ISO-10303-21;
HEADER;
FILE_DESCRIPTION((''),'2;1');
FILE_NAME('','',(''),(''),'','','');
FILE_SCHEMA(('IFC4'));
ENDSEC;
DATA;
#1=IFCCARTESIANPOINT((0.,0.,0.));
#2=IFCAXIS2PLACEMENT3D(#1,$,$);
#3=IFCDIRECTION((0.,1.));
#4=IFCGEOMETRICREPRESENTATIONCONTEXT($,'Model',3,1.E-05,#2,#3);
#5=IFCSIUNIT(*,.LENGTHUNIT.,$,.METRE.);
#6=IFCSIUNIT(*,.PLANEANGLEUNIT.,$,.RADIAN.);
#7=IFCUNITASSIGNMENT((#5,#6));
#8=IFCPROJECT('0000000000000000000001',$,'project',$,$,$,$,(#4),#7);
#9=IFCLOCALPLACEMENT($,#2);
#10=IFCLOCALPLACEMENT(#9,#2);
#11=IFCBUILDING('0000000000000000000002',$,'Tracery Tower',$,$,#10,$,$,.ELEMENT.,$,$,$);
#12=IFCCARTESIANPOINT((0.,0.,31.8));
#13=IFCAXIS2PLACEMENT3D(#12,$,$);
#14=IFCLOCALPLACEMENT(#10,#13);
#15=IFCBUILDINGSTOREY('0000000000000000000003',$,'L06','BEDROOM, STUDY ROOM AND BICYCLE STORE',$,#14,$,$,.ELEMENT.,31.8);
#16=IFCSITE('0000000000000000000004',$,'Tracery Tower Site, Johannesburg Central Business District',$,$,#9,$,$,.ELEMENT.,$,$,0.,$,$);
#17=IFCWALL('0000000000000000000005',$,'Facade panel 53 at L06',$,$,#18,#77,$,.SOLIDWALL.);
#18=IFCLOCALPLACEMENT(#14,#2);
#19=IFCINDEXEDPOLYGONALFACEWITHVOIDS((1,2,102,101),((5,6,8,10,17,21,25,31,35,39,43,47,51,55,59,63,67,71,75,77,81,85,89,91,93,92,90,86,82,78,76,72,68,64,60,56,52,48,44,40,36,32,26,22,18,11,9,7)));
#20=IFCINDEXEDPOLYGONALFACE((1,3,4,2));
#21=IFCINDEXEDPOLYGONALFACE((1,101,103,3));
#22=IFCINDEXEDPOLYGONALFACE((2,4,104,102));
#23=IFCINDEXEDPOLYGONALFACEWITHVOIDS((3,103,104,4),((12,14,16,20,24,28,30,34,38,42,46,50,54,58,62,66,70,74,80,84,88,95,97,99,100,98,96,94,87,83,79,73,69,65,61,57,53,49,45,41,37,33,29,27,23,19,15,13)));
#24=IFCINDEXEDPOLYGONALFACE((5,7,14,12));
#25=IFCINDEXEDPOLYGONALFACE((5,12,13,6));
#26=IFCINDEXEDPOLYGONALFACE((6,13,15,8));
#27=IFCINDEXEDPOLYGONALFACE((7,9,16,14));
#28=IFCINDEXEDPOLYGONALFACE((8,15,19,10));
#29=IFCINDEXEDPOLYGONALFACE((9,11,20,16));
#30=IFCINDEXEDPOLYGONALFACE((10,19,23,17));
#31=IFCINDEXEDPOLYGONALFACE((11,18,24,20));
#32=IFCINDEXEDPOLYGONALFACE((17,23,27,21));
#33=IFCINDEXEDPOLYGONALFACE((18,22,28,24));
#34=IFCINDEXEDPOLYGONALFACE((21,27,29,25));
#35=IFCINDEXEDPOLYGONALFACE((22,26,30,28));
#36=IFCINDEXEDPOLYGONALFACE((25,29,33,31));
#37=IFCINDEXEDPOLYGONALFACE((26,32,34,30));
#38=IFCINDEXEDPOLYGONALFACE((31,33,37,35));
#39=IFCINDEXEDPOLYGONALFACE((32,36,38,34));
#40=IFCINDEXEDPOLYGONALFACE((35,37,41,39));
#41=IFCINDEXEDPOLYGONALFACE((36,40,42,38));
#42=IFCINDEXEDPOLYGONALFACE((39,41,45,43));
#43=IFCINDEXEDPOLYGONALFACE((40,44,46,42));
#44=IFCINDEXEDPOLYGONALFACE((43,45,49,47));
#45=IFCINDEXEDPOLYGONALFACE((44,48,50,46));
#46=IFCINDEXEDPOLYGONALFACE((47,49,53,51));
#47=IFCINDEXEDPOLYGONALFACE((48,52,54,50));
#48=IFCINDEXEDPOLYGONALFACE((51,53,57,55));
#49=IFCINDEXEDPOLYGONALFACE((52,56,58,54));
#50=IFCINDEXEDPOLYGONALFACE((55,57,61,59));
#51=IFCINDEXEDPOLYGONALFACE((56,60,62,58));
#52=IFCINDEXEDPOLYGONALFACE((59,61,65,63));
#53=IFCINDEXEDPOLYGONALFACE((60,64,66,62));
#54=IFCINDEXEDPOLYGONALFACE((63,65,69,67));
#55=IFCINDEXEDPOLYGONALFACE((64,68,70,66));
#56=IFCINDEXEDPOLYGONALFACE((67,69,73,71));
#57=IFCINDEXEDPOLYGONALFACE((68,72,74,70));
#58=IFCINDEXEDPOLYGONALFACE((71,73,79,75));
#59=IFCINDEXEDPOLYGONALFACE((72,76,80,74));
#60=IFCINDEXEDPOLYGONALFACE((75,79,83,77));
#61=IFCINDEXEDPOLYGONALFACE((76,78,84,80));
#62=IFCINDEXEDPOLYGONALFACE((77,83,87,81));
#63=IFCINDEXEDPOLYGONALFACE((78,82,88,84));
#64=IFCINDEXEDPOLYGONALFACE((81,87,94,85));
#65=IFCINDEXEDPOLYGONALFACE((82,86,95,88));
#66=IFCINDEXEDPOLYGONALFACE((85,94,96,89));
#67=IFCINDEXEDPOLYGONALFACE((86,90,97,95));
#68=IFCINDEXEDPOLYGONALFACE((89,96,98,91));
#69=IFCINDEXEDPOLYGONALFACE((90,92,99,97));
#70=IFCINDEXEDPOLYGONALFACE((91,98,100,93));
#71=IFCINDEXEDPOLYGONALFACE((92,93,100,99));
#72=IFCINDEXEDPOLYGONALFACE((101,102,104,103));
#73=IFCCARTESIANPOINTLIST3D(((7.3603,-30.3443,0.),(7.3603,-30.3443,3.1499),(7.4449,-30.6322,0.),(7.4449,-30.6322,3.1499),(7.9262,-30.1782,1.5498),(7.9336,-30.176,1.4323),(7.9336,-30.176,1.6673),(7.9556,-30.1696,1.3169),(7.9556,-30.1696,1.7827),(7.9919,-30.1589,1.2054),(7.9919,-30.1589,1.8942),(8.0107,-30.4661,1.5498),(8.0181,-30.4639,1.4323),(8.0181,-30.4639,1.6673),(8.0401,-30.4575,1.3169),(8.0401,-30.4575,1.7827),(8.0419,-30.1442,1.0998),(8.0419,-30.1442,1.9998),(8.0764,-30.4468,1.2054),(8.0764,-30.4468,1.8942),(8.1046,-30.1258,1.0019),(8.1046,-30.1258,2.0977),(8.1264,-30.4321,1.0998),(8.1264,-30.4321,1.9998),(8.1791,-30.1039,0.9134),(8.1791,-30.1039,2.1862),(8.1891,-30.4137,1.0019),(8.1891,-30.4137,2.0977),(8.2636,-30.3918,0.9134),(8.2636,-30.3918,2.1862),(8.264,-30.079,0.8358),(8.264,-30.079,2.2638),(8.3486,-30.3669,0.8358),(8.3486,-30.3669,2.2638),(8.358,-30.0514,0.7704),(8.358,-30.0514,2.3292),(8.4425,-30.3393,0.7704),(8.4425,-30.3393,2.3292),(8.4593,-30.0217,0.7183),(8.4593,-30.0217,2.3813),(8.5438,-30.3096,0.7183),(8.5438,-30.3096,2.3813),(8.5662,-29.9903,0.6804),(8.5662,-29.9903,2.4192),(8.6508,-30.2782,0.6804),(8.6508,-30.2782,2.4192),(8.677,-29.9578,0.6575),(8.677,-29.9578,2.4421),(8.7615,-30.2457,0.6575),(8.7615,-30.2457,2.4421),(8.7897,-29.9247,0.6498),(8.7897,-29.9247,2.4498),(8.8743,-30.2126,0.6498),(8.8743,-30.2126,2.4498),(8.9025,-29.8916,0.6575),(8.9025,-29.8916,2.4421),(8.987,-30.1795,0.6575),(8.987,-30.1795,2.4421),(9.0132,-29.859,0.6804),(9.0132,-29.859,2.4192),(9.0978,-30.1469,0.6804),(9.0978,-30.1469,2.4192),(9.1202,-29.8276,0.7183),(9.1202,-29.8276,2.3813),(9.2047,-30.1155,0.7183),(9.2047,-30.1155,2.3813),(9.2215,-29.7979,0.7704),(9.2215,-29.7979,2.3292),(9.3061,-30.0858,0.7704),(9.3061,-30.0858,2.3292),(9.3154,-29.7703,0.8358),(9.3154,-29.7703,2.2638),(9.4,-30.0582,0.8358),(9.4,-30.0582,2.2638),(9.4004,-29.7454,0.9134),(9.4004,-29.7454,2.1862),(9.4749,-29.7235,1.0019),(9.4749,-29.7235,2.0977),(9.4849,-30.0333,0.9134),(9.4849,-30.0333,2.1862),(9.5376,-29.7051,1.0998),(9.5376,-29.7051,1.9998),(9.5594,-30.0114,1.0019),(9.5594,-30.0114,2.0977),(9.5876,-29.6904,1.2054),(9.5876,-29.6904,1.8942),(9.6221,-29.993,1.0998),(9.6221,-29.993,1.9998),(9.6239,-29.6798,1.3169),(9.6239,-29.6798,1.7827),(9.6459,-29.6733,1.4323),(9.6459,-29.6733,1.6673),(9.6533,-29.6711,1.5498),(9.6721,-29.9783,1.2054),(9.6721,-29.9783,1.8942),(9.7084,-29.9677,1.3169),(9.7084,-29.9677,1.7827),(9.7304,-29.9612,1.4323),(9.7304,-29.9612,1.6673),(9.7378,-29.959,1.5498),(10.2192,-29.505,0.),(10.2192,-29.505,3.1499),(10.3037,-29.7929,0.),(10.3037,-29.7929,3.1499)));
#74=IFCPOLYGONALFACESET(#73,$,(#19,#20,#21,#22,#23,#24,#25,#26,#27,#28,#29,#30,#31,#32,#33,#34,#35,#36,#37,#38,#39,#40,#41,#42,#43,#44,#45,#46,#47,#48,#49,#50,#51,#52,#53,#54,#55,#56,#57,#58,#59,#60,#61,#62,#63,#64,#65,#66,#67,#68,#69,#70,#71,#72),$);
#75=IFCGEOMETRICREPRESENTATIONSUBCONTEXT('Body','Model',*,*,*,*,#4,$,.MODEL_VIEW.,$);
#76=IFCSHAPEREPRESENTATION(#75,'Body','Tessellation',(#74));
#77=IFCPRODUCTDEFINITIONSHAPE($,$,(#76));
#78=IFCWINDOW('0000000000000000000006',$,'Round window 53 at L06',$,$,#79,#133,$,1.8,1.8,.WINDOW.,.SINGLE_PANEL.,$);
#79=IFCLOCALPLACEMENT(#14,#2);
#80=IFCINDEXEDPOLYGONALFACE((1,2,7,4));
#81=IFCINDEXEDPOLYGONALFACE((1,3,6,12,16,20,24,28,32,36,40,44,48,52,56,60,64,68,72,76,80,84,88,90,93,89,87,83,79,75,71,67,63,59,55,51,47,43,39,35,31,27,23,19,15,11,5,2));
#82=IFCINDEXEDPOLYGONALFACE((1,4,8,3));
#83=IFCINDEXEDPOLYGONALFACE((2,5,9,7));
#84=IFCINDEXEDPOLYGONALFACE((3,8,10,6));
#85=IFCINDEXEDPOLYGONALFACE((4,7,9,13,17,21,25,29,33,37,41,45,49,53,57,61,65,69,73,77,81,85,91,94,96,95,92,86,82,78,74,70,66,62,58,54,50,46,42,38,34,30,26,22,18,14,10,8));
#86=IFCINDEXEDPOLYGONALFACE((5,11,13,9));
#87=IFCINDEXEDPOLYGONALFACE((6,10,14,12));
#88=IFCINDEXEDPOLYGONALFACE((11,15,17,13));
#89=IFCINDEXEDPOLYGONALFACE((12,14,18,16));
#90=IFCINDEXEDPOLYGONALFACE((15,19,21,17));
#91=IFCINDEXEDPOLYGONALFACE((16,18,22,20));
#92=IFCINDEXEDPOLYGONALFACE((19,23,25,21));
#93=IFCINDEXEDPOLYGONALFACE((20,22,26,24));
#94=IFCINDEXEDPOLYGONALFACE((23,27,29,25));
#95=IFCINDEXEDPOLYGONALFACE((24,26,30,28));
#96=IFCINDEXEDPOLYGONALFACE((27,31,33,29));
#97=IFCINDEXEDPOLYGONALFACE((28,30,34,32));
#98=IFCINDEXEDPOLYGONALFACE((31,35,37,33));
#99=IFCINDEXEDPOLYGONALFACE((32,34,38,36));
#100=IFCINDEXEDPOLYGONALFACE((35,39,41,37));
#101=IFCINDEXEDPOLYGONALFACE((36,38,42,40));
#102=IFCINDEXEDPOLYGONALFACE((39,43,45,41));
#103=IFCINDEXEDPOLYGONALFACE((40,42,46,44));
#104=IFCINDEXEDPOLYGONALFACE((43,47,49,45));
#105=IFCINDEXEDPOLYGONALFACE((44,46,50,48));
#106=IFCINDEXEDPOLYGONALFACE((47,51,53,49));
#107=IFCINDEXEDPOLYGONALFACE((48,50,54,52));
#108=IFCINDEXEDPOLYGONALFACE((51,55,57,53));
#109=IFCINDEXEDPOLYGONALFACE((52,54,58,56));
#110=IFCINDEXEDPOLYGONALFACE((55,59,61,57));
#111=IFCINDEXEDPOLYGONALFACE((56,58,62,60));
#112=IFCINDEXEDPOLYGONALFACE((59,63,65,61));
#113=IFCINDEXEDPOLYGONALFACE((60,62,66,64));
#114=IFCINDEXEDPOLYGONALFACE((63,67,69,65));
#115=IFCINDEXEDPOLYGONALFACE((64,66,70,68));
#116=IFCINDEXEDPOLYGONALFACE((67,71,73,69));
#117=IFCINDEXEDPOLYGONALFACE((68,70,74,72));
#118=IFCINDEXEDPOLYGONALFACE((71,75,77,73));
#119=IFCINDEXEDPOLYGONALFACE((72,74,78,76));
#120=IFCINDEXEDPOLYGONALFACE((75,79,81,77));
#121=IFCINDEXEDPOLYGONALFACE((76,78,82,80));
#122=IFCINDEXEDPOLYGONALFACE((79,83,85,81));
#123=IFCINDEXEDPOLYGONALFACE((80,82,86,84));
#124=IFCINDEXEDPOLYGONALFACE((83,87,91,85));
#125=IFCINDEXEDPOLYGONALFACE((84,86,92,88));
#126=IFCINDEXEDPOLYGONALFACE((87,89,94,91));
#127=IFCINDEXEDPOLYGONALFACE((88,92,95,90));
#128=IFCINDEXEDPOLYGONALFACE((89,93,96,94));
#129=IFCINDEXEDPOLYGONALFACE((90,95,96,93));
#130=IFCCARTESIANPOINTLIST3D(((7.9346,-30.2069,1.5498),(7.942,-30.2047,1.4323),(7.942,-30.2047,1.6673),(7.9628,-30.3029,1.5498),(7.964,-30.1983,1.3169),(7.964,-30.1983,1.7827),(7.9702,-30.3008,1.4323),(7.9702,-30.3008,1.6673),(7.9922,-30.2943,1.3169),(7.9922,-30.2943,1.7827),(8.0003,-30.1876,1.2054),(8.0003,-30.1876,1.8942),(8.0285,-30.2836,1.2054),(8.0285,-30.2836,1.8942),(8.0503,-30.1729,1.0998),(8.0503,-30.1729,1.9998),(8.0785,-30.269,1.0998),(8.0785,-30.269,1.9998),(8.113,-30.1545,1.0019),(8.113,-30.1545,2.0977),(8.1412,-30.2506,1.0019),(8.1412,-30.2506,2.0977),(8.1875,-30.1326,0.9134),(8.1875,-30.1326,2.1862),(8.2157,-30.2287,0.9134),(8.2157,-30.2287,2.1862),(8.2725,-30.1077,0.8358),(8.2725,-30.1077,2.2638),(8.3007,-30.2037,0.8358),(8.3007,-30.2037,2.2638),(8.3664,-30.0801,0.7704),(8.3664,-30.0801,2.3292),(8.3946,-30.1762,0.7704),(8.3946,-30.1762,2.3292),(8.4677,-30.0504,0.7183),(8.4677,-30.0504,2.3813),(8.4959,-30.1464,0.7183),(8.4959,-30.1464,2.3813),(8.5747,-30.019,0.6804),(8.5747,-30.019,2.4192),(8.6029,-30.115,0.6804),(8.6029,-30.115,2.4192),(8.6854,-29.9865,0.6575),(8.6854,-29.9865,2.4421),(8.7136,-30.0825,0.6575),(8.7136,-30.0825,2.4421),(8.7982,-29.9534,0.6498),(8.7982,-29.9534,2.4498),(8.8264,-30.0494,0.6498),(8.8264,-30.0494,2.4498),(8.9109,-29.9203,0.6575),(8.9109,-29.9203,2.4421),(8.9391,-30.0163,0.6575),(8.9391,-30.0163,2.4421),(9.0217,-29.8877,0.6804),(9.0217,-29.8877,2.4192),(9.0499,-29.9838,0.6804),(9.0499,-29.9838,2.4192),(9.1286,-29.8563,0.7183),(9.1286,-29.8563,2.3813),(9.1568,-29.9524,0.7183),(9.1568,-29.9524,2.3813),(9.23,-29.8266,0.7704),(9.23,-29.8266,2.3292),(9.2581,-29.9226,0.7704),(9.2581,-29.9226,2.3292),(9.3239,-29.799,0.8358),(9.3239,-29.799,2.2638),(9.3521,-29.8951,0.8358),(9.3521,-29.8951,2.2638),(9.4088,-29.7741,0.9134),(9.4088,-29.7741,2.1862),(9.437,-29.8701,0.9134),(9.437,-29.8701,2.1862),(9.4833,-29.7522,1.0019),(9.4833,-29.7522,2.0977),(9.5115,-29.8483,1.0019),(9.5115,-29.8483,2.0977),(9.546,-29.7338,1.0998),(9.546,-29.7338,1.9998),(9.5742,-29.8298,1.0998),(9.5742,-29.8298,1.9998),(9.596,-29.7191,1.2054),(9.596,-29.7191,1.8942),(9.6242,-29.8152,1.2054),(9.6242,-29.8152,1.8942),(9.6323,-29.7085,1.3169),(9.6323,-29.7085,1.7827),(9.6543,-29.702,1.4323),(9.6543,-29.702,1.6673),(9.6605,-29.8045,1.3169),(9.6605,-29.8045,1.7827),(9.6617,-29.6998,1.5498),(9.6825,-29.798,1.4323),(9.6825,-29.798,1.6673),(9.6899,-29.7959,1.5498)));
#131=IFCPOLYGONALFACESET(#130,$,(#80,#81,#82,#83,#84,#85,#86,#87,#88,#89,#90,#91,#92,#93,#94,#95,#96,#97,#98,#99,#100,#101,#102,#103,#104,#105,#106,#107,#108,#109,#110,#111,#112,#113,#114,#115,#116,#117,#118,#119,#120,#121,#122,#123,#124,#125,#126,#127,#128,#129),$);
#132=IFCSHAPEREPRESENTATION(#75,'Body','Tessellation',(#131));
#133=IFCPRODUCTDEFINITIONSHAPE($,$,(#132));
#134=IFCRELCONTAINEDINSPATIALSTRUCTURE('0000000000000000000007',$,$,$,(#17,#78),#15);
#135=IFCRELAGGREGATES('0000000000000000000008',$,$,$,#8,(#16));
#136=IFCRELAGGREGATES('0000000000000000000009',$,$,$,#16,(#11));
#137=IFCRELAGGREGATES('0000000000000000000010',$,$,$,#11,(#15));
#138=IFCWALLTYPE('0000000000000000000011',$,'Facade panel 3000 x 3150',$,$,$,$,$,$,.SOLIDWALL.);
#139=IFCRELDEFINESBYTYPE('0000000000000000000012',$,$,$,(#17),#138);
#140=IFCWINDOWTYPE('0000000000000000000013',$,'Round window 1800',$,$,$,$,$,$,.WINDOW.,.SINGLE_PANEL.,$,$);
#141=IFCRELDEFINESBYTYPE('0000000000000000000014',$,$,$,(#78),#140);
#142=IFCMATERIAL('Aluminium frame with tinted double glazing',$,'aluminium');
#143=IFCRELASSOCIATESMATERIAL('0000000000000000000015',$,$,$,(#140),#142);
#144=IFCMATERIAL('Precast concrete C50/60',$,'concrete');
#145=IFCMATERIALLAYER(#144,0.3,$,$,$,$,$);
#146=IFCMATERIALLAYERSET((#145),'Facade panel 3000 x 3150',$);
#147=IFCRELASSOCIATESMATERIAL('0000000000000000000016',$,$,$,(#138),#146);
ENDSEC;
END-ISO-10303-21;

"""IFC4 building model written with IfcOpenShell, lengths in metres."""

from ifc_helpers import new_model, si_unit, direction, frame, frame_2d, origin, origin_2d, place, context, subcontext, project, spatial, rectangle, circle, extrude, material, layer, layer_set, type_object, element, fill, save


model = new_model("IFC4")

# Units and contexts
model_context = context("Model", 3, precision=1e-05, world=origin(), true_north=direction((0.0, 1.0)))
body_context = subcontext(model_context, "Body", "Model", "MODEL_VIEW")
ifc_project = project(units=[si_unit("LENGTHUNIT", "METRE"), si_unit("PLANEANGLEUNIT", "RADIAN")], contexts=[model_context])

# Site, building, storey
site_placement = place(None, origin())
site = spatial("IfcSite", under=ifc_project, at=site_placement, Name="Tracery Tower Site, Johannesburg Central Business District", CompositionType="ELEMENT", RefElevation=0.0)
building_placement = place(site_placement, origin())
building = spatial("IfcBuilding", under=site, at=building_placement, Name="Tracery Tower", CompositionType="ELEMENT")
storey_placement = place(building_placement, frame((0.0, 0.0, 31.8)))
storey = spatial("IfcBuildingStorey", under=building, at=storey_placement, Name="L06", Description="BEDROOM, STUDY ROOM AND BICYCLE STORE", CompositionType="ELEMENT", Elevation=31.8)

# Wall, opening, window
ifc_material_1 = material(Name="Aluminium frame with tinted double glazing", Category="aluminium")
window_type = type_object("IfcWindowType", Name="Round window 1800", PartitioningType="SINGLE_PANEL", PredefinedType="WINDOW", material=ifc_material_1)
ifc_material_2 = material(Name="Precast concrete C50/60", Category="concrete")
ifc_layer_1 = layer(ifc_material_2, 0.3)
ifc_layer_set_1 = layer_set([ifc_layer_1], Name="Facade panel 3000 x 3150")
wall_type_1 = type_object("IfcWallType", Name="Facade panel 3000 x 3150", PredefinedType="SOLIDWALL", material=ifc_layer_set_1)
wall_1_placement = place(storey_placement, frame((7.4026, -30.4883, 0.0), z_axis=(0.0, 0.0, 1.0), x_axis=(0.959501, 0.281705, 0.0)))
wall_1 = element("IfcWall", 1, at=wall_1_placement, inside=storey, type_object=wall_type_1, Name="Facade panel 53 at L06", PredefinedType="SOLIDWALL", context=body_context, shape_type="SweptSolid", body=[
    extrude(rectangle(XDim=2.9795, YDim=0.3, at=frame_2d((1.4897, 0.0))), origin(), (0.0, 0.0, 1.0), 3.1499),
])
opening_1_placement = place(wall_1_placement, frame((1.4897, 0.0, 1.5498)))
opening_1 = element("IfcOpeningElement", 2, at=opening_1_placement, cuts=wall_1, PredefinedType="OPENING", context=body_context, shape_type="SweptSolid", body=[
    extrude(circle(Radius=0.9, at=origin_2d()), frame((0.0, 0.1599, 0.0), z_axis=(0.0, -1.0, 0.0), x_axis=(1.0, 0.0, 0.0)), (0.0, 0.0, 1.0), 0.3201),
])
window_1_placement = place(opening_1_placement, origin())
window_1 = element("IfcWindow", 3, at=window_1_placement, inside=storey, type_object=window_type, Name="Round window 53 at L06", OverallHeight=1.8, OverallWidth=1.8, PartitioningType="SINGLE_PANEL", PredefinedType="WINDOW", context=body_context, shape_type="SweptSolid", body=[
    extrude(circle(Radius=0.9, at=origin_2d()), frame((0.0, 0.1201, 0.0), z_axis=(0.0, -1.0, 0.0), x_axis=(1.0, 0.0, 0.0)), (0.0, 0.0, 1.0), 0.1001),
])
fill(opening_1, window_1)

save(model, "model.ifc")
